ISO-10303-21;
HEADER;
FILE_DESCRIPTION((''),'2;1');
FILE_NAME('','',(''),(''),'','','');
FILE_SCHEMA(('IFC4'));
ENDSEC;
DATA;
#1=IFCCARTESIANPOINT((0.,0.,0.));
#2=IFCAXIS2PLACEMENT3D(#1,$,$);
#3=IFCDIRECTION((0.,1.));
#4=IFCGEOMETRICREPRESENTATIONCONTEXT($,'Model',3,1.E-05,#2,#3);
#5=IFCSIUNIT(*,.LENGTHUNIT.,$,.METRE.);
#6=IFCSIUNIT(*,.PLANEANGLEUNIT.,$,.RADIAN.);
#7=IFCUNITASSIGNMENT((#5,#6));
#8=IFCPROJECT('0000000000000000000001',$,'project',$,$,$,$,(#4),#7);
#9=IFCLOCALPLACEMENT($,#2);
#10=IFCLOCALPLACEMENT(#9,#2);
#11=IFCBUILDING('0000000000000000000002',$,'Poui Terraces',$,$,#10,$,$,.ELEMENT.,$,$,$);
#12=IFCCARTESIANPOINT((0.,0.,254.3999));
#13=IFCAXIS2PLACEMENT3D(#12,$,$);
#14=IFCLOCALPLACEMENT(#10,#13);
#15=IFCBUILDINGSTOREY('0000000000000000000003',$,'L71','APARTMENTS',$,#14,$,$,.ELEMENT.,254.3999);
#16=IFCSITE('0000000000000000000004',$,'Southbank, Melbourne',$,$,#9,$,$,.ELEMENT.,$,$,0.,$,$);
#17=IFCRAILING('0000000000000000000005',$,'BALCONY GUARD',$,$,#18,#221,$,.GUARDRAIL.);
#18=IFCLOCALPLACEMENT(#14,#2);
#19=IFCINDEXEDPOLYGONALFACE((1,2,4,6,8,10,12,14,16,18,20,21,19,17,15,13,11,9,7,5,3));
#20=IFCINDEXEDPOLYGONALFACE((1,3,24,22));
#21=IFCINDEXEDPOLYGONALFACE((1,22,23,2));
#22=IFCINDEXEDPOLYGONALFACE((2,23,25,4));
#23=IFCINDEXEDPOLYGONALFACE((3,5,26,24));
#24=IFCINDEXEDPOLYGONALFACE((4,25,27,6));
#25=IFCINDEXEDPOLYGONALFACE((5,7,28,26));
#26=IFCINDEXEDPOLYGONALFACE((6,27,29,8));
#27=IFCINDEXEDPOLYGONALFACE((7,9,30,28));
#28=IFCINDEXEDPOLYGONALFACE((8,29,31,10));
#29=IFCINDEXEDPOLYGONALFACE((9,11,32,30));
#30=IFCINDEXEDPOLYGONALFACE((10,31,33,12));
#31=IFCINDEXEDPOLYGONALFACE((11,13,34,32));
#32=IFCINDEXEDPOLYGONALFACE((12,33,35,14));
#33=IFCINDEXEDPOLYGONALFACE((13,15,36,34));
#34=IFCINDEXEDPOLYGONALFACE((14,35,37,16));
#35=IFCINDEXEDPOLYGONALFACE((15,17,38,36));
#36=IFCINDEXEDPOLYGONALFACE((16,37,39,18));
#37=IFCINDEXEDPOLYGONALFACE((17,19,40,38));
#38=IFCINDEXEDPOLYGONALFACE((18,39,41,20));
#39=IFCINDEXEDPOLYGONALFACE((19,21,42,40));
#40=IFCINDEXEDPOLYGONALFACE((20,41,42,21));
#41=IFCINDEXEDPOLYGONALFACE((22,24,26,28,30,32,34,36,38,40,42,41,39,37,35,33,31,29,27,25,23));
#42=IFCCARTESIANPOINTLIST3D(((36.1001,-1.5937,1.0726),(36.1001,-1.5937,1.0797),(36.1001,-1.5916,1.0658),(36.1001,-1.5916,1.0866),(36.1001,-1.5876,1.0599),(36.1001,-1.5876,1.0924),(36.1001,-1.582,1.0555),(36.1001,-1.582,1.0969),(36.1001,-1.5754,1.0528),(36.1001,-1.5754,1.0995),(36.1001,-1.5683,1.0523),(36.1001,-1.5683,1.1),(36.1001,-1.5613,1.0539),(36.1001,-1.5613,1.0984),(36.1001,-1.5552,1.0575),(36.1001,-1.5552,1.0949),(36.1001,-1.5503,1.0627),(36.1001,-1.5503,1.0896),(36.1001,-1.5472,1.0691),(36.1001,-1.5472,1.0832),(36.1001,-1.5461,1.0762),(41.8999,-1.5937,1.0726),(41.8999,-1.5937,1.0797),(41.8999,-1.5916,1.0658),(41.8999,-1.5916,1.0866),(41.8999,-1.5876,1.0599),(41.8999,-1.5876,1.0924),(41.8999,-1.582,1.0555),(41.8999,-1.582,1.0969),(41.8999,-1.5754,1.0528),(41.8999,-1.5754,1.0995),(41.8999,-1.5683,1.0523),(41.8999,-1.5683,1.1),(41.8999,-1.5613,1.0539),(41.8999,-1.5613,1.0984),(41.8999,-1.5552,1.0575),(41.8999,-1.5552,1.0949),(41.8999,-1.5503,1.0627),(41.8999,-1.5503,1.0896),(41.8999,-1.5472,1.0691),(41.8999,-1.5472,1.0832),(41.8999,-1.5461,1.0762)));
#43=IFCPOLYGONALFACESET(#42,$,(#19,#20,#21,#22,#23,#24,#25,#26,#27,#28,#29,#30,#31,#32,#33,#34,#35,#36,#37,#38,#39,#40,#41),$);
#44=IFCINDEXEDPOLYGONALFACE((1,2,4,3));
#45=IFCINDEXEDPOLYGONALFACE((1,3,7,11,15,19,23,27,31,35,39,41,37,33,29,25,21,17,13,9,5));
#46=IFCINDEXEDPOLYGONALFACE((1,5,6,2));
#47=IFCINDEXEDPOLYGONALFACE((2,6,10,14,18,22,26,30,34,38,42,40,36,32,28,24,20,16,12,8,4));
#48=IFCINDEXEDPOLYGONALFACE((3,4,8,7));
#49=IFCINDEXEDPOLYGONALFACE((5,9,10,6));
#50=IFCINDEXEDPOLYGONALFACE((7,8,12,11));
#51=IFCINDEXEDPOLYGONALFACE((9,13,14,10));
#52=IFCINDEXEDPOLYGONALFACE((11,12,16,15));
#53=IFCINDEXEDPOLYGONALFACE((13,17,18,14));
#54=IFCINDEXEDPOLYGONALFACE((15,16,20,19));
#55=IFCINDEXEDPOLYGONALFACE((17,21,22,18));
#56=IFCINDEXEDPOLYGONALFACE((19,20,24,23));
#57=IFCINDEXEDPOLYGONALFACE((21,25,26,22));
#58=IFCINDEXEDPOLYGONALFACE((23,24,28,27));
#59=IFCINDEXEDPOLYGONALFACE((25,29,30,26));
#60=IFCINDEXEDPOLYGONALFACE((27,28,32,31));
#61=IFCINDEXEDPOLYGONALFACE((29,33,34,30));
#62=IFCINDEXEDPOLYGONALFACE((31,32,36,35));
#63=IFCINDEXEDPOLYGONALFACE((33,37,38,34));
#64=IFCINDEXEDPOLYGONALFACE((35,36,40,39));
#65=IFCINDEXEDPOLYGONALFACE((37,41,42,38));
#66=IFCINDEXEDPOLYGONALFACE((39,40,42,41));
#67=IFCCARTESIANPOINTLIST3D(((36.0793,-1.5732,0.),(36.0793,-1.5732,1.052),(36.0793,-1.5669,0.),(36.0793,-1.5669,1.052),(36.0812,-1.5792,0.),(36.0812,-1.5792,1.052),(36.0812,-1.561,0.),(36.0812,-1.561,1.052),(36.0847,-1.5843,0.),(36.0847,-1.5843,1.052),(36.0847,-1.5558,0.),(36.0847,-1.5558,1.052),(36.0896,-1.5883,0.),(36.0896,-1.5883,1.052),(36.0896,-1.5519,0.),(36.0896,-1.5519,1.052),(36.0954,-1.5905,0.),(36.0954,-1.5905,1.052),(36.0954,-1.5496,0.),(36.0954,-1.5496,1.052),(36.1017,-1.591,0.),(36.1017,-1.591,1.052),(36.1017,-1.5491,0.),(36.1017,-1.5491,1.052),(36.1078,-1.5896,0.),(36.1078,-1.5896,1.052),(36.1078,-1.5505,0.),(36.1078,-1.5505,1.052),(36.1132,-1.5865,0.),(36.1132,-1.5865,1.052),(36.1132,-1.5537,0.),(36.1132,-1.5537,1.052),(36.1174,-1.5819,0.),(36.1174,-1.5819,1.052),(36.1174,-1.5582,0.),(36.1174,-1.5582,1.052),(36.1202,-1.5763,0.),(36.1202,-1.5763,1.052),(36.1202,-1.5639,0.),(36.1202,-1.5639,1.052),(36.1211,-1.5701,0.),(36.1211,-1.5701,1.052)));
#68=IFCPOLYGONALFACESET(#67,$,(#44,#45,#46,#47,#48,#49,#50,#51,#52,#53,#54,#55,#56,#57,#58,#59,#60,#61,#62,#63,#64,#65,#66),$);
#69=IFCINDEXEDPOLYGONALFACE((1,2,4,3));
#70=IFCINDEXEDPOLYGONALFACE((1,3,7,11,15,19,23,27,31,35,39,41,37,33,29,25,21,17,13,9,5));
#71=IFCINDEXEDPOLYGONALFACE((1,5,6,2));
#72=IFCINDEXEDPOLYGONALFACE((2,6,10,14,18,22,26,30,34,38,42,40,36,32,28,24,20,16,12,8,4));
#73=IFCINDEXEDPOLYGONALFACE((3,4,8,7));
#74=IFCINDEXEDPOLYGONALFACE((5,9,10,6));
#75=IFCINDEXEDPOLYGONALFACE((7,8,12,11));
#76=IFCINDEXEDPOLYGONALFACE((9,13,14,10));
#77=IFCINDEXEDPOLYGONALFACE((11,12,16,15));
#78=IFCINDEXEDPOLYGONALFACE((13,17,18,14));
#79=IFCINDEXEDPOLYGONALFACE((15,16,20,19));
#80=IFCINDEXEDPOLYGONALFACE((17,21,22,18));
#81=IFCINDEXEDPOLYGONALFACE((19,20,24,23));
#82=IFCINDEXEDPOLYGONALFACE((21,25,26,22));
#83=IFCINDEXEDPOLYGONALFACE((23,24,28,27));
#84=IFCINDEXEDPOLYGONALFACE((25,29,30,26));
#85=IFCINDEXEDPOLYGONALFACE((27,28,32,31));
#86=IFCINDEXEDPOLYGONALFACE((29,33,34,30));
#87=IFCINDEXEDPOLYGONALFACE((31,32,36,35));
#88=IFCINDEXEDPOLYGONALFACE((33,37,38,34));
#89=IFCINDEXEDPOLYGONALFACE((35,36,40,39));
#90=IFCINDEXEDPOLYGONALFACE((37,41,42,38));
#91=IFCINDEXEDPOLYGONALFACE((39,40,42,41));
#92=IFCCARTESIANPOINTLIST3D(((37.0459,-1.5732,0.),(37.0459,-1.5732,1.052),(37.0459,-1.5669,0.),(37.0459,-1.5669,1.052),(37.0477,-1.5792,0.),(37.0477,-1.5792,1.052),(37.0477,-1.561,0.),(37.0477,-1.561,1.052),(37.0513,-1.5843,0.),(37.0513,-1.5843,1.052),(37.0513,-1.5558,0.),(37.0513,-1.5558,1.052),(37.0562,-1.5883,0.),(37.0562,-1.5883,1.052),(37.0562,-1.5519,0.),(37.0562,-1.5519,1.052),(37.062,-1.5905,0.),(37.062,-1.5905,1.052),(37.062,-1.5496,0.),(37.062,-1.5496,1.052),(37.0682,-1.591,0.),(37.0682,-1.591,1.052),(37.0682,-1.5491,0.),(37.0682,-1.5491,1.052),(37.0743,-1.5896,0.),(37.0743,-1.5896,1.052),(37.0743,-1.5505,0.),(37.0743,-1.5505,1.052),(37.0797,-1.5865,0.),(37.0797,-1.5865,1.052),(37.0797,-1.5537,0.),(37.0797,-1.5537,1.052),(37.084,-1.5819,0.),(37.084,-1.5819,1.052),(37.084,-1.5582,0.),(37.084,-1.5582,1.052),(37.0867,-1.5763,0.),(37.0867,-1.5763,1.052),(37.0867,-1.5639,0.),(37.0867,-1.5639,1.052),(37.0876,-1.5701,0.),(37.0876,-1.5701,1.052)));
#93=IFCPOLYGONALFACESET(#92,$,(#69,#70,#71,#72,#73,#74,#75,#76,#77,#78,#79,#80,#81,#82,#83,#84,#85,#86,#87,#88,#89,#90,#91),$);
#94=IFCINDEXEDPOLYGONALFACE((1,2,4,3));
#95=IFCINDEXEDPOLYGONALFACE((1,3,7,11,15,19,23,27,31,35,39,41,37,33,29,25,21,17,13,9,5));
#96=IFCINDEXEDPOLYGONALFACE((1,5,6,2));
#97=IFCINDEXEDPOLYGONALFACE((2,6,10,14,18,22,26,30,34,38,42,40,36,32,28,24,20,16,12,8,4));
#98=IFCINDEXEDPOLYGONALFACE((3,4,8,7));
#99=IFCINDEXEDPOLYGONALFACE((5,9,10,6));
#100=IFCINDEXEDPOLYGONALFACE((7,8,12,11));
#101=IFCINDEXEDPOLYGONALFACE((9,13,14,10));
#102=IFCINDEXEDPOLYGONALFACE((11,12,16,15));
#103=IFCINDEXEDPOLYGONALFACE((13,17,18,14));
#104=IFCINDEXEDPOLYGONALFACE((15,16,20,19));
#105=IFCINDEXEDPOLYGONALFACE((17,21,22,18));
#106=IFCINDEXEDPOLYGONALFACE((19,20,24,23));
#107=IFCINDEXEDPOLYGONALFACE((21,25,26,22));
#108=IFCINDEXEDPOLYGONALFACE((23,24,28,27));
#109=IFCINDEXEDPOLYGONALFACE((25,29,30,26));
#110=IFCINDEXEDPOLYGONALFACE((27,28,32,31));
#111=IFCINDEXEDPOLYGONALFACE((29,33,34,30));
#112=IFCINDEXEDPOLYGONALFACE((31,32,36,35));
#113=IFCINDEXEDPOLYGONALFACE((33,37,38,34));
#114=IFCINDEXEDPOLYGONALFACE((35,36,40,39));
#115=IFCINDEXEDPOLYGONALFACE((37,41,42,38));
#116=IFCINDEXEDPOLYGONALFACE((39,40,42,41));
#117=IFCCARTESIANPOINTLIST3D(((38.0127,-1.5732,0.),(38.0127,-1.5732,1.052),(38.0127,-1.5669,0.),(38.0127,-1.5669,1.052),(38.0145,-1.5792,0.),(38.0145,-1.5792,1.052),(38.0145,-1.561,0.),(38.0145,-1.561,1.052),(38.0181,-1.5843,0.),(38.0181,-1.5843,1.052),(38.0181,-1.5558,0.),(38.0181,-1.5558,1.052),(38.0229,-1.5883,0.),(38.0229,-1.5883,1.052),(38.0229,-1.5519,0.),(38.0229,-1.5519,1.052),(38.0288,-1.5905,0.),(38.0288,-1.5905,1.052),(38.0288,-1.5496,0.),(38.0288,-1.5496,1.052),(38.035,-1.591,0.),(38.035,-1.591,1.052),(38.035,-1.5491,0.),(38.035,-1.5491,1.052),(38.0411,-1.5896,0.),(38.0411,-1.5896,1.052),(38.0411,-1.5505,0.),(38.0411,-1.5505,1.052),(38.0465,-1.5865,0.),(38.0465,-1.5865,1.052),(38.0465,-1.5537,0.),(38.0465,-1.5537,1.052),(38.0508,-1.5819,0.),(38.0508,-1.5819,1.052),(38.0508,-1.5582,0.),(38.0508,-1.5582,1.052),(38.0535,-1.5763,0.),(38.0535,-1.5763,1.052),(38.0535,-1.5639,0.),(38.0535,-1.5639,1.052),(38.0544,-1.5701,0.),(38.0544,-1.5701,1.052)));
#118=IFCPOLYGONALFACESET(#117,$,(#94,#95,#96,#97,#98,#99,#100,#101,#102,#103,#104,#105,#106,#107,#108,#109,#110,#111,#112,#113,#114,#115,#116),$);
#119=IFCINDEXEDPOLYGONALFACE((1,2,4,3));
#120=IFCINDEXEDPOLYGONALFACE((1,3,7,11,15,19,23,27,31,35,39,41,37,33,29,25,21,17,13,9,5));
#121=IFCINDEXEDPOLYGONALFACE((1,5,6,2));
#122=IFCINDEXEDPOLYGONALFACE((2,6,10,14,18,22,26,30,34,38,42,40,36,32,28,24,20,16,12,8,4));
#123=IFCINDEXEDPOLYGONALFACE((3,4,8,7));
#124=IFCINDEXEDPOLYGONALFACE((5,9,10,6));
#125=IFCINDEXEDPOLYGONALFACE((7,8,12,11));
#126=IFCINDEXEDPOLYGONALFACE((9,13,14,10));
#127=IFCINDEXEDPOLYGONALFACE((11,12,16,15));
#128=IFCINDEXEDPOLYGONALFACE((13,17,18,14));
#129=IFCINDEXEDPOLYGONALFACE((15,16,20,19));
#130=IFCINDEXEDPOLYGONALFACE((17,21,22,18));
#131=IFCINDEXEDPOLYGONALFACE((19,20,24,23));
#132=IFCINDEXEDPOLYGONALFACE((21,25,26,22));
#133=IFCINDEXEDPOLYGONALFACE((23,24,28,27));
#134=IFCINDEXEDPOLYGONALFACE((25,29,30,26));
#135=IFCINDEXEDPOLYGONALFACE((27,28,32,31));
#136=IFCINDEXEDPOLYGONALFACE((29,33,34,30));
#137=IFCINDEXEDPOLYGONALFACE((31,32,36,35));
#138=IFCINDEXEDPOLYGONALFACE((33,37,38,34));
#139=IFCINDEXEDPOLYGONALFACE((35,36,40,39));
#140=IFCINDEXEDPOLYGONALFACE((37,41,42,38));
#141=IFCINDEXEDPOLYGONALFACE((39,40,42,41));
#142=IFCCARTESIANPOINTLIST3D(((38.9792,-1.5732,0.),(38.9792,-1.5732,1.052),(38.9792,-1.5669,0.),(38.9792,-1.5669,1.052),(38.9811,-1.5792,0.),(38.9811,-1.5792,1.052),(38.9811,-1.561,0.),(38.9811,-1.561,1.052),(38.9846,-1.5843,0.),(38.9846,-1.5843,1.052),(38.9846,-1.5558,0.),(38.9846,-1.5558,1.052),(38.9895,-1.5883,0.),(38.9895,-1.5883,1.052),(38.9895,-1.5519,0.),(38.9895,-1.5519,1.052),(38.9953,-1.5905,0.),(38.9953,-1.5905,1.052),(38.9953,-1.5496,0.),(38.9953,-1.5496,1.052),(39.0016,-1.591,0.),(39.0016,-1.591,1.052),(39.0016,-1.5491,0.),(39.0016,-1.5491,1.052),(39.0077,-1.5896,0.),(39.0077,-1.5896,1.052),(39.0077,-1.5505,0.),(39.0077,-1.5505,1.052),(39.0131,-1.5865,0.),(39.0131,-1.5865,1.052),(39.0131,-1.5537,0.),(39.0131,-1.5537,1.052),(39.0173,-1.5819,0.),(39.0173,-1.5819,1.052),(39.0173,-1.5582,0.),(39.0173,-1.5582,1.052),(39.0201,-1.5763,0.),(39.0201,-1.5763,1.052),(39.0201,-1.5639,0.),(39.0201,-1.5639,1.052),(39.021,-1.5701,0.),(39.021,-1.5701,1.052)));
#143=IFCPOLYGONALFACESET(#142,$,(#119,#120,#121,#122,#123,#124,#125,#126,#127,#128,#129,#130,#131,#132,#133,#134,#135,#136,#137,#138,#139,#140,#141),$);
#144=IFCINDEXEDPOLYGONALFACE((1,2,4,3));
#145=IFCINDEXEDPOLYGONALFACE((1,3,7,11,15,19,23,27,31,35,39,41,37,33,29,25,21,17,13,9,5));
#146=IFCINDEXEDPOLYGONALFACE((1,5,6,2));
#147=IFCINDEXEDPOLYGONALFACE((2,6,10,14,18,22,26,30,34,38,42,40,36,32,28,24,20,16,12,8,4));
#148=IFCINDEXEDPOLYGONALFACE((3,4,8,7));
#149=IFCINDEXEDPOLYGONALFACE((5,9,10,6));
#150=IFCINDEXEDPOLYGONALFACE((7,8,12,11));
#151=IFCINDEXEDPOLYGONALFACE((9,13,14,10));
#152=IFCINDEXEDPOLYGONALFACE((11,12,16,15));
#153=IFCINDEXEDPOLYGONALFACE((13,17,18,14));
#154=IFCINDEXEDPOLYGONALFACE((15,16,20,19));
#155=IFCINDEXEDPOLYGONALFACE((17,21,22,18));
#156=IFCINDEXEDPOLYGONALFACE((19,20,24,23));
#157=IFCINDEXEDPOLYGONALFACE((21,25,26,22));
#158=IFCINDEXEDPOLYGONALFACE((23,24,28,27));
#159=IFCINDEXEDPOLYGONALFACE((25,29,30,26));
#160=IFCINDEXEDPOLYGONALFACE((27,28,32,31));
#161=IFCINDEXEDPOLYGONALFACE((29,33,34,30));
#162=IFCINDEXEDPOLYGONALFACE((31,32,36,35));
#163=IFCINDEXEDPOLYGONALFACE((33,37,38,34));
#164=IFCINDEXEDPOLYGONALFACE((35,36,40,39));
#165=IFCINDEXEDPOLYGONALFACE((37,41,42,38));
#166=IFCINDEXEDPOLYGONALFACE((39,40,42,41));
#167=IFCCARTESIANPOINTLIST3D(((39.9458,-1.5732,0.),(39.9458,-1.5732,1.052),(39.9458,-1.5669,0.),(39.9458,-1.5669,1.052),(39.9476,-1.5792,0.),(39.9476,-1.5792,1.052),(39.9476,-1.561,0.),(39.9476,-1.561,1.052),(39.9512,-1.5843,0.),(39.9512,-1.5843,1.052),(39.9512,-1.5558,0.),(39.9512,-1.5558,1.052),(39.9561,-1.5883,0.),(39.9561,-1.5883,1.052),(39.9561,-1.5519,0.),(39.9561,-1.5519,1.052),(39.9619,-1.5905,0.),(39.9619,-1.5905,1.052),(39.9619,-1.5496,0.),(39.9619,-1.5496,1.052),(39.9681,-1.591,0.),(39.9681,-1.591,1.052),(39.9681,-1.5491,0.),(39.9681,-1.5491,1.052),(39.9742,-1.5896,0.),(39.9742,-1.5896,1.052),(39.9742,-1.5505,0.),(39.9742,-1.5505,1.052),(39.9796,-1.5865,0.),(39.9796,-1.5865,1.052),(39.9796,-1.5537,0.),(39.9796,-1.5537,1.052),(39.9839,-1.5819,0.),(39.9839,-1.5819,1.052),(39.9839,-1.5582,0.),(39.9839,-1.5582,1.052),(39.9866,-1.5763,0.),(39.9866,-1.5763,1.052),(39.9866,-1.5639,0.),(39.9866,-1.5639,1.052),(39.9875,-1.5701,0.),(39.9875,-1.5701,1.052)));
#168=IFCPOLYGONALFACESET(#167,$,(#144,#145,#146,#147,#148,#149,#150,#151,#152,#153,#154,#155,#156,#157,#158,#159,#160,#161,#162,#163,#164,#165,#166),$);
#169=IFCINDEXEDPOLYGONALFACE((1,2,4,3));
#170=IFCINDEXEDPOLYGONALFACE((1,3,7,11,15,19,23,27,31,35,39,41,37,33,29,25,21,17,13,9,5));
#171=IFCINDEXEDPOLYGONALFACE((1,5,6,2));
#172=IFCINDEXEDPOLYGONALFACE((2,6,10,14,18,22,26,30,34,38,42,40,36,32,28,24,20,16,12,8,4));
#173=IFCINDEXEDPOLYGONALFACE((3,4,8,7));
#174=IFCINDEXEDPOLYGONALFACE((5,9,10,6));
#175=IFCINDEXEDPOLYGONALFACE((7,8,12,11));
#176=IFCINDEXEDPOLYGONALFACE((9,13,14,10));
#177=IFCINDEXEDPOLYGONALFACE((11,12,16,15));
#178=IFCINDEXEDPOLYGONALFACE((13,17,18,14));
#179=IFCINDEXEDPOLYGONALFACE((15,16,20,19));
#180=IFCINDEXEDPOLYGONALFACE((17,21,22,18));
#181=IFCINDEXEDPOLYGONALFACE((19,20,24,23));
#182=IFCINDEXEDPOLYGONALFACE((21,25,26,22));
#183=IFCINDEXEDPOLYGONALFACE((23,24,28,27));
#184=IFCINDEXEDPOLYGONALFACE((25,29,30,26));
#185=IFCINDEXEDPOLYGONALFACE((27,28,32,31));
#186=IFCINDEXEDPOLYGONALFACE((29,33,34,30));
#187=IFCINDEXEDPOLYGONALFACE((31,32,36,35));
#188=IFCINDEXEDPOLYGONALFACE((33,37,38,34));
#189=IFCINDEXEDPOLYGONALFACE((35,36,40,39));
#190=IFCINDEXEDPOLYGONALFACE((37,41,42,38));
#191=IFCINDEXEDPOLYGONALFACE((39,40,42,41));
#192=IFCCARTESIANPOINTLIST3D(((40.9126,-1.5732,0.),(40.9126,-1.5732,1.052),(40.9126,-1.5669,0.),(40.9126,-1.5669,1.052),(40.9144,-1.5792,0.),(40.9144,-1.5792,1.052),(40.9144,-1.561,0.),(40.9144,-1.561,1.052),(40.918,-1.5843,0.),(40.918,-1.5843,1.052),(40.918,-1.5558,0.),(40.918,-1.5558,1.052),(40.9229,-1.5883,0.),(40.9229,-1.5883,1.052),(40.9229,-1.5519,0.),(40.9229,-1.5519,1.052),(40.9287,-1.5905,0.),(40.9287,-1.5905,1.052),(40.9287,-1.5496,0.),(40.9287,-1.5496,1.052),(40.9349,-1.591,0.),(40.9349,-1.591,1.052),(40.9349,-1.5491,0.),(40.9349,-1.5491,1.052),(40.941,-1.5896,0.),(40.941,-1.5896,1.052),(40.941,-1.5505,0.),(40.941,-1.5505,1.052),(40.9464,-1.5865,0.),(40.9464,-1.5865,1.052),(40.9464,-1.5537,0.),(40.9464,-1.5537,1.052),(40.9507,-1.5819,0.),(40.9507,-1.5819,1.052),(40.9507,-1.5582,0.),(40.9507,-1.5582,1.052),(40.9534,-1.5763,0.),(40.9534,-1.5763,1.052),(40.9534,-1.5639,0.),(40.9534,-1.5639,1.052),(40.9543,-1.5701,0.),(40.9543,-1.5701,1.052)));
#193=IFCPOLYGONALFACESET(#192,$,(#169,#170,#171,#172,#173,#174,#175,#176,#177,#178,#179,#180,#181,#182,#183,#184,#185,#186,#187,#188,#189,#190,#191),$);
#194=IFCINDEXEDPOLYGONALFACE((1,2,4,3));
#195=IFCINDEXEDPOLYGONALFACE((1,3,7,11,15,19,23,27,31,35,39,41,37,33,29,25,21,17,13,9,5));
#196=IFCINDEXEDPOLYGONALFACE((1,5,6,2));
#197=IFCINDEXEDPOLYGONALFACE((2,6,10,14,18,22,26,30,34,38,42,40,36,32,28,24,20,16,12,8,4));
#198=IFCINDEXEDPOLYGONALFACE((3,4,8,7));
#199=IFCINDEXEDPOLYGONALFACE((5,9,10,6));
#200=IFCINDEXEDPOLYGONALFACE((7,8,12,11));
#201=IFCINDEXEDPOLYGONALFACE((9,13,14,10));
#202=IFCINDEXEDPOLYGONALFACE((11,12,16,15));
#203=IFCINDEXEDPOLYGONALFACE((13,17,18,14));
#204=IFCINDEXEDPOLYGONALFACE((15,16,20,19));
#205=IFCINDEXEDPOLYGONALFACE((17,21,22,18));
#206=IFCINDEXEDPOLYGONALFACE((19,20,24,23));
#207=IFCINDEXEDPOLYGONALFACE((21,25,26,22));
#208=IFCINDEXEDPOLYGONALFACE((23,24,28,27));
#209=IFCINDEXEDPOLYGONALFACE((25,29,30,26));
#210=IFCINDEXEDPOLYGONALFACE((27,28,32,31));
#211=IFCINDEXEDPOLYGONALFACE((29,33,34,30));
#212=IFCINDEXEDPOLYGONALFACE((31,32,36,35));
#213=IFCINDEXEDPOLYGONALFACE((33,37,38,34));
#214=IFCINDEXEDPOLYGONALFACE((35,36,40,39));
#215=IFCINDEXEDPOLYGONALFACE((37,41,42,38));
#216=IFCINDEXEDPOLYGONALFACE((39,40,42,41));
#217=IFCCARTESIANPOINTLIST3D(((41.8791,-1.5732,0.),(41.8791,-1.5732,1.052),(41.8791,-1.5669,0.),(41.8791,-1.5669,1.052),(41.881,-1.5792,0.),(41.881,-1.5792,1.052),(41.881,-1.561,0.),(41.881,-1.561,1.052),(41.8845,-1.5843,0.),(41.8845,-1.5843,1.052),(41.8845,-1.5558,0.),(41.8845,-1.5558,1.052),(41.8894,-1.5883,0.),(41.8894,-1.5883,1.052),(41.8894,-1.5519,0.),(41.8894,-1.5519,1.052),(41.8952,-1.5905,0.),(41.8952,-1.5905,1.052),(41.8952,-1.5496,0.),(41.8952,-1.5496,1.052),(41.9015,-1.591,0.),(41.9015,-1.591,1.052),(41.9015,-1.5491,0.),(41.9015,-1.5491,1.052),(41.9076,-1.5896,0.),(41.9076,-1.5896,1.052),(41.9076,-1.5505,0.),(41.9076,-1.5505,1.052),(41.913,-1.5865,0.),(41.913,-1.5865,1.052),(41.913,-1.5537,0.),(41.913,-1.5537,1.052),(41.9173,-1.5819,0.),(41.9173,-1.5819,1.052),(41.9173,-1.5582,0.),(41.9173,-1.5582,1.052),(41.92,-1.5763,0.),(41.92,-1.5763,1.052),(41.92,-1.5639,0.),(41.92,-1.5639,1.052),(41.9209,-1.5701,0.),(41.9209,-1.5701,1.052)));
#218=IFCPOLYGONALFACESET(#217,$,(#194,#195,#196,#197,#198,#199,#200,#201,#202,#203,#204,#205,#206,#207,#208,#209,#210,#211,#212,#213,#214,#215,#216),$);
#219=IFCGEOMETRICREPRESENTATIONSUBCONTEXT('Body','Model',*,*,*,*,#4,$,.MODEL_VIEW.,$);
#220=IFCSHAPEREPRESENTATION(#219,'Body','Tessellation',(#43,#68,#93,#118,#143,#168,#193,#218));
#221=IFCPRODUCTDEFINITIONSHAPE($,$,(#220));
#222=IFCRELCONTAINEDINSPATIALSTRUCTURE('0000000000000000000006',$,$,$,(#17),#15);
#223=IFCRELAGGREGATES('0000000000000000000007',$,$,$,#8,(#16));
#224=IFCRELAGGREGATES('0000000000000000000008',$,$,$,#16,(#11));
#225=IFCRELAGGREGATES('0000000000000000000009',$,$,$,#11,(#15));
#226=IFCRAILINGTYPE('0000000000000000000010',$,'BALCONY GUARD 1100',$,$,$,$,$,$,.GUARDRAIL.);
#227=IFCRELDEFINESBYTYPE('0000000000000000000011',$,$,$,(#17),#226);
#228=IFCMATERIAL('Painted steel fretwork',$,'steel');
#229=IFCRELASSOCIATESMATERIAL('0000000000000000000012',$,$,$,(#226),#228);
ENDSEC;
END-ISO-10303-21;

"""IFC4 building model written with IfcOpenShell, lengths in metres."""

from ifc_helpers import new_model, si_unit, direction, frame, origin, origin_2d, place, context, subcontext, project, spatial, circle, extrude, material, type_object, element, save


model = new_model("IFC4")

# Units and contexts
model_context = context("Model", 3, precision=1e-05, world=origin(), true_north=direction((0.0, 1.0)))
body_context = subcontext(model_context, "Body", "Model", "MODEL_VIEW")
ifc_project = project(units=[si_unit("LENGTHUNIT", "METRE"), si_unit("PLANEANGLEUNIT", "RADIAN")], contexts=[model_context])

# Site, building, storey
site_placement = place(None, origin())
site = spatial("IfcSite", under=ifc_project, at=site_placement, Name="Southbank, Melbourne", CompositionType="ELEMENT", RefElevation=0.0)
building_placement = place(site_placement, origin())
building = spatial("IfcBuilding", under=site, at=building_placement, Name="Poui Terraces", CompositionType="ELEMENT")
storey_placement = place(building_placement, frame((0.0, 0.0, 254.3999)))
storey = spatial("IfcBuildingStorey", under=building, at=storey_placement, Name="L71", Description="APARTMENTS", CompositionType="ELEMENT", Elevation=254.3999)

# Railing
ifc_material_1 = material(Name="Painted steel fretwork", Category="steel")
railing_type = type_object("IfcRailingType", Name="BALCONY GUARD 1100", PredefinedType="GUARDRAIL", material=ifc_material_1)
railing_placement = place(storey_placement, frame((36.1001, -1.5701, 0.0)))
element("IfcRailing", 1, at=railing_placement, inside=storey, type_object=railing_type, Name="BALCONY GUARD", PredefinedType="GUARDRAIL", context=body_context, shape_type="SweptSolid", body=[
    extrude(circle(Radius=0.0239, at=origin_2d()), frame((0.0, 0.0, 1.0762), z_axis=(1.0, 0.0, 0.0), x_axis=(0.0, 1.0, 0.0)), (0.0, 0.0, 1.0), 5.7998),
    extrude(circle(Radius=0.021, at=origin_2d()), origin(), (0.0, 0.0, 1.0), 1.052),
    extrude(circle(Radius=0.021, at=origin_2d()), frame((0.9666, 0.0, 0.0)), (0.0, 0.0, 1.0), 1.052),
    extrude(circle(Radius=0.021, at=origin_2d()), frame((1.9333, 0.0, 0.0)), (0.0, 0.0, 1.0), 1.052),
    extrude(circle(Radius=0.021, at=origin_2d()), frame((2.8999, 0.0, 0.0)), (0.0, 0.0, 1.0), 1.052),
    extrude(circle(Radius=0.021, at=origin_2d()), frame((3.8665, 0.0, 0.0)), (0.0, 0.0, 1.0), 1.052),
    extrude(circle(Radius=0.021, at=origin_2d()), frame((4.8333, 0.0, 0.0)), (0.0, 0.0, 1.0), 1.052),
    extrude(circle(Radius=0.021, at=origin_2d()), frame((5.7998, 0.0, 0.0)), (0.0, 0.0, 1.0), 1.052),
])

save(model, "model.ifc")
